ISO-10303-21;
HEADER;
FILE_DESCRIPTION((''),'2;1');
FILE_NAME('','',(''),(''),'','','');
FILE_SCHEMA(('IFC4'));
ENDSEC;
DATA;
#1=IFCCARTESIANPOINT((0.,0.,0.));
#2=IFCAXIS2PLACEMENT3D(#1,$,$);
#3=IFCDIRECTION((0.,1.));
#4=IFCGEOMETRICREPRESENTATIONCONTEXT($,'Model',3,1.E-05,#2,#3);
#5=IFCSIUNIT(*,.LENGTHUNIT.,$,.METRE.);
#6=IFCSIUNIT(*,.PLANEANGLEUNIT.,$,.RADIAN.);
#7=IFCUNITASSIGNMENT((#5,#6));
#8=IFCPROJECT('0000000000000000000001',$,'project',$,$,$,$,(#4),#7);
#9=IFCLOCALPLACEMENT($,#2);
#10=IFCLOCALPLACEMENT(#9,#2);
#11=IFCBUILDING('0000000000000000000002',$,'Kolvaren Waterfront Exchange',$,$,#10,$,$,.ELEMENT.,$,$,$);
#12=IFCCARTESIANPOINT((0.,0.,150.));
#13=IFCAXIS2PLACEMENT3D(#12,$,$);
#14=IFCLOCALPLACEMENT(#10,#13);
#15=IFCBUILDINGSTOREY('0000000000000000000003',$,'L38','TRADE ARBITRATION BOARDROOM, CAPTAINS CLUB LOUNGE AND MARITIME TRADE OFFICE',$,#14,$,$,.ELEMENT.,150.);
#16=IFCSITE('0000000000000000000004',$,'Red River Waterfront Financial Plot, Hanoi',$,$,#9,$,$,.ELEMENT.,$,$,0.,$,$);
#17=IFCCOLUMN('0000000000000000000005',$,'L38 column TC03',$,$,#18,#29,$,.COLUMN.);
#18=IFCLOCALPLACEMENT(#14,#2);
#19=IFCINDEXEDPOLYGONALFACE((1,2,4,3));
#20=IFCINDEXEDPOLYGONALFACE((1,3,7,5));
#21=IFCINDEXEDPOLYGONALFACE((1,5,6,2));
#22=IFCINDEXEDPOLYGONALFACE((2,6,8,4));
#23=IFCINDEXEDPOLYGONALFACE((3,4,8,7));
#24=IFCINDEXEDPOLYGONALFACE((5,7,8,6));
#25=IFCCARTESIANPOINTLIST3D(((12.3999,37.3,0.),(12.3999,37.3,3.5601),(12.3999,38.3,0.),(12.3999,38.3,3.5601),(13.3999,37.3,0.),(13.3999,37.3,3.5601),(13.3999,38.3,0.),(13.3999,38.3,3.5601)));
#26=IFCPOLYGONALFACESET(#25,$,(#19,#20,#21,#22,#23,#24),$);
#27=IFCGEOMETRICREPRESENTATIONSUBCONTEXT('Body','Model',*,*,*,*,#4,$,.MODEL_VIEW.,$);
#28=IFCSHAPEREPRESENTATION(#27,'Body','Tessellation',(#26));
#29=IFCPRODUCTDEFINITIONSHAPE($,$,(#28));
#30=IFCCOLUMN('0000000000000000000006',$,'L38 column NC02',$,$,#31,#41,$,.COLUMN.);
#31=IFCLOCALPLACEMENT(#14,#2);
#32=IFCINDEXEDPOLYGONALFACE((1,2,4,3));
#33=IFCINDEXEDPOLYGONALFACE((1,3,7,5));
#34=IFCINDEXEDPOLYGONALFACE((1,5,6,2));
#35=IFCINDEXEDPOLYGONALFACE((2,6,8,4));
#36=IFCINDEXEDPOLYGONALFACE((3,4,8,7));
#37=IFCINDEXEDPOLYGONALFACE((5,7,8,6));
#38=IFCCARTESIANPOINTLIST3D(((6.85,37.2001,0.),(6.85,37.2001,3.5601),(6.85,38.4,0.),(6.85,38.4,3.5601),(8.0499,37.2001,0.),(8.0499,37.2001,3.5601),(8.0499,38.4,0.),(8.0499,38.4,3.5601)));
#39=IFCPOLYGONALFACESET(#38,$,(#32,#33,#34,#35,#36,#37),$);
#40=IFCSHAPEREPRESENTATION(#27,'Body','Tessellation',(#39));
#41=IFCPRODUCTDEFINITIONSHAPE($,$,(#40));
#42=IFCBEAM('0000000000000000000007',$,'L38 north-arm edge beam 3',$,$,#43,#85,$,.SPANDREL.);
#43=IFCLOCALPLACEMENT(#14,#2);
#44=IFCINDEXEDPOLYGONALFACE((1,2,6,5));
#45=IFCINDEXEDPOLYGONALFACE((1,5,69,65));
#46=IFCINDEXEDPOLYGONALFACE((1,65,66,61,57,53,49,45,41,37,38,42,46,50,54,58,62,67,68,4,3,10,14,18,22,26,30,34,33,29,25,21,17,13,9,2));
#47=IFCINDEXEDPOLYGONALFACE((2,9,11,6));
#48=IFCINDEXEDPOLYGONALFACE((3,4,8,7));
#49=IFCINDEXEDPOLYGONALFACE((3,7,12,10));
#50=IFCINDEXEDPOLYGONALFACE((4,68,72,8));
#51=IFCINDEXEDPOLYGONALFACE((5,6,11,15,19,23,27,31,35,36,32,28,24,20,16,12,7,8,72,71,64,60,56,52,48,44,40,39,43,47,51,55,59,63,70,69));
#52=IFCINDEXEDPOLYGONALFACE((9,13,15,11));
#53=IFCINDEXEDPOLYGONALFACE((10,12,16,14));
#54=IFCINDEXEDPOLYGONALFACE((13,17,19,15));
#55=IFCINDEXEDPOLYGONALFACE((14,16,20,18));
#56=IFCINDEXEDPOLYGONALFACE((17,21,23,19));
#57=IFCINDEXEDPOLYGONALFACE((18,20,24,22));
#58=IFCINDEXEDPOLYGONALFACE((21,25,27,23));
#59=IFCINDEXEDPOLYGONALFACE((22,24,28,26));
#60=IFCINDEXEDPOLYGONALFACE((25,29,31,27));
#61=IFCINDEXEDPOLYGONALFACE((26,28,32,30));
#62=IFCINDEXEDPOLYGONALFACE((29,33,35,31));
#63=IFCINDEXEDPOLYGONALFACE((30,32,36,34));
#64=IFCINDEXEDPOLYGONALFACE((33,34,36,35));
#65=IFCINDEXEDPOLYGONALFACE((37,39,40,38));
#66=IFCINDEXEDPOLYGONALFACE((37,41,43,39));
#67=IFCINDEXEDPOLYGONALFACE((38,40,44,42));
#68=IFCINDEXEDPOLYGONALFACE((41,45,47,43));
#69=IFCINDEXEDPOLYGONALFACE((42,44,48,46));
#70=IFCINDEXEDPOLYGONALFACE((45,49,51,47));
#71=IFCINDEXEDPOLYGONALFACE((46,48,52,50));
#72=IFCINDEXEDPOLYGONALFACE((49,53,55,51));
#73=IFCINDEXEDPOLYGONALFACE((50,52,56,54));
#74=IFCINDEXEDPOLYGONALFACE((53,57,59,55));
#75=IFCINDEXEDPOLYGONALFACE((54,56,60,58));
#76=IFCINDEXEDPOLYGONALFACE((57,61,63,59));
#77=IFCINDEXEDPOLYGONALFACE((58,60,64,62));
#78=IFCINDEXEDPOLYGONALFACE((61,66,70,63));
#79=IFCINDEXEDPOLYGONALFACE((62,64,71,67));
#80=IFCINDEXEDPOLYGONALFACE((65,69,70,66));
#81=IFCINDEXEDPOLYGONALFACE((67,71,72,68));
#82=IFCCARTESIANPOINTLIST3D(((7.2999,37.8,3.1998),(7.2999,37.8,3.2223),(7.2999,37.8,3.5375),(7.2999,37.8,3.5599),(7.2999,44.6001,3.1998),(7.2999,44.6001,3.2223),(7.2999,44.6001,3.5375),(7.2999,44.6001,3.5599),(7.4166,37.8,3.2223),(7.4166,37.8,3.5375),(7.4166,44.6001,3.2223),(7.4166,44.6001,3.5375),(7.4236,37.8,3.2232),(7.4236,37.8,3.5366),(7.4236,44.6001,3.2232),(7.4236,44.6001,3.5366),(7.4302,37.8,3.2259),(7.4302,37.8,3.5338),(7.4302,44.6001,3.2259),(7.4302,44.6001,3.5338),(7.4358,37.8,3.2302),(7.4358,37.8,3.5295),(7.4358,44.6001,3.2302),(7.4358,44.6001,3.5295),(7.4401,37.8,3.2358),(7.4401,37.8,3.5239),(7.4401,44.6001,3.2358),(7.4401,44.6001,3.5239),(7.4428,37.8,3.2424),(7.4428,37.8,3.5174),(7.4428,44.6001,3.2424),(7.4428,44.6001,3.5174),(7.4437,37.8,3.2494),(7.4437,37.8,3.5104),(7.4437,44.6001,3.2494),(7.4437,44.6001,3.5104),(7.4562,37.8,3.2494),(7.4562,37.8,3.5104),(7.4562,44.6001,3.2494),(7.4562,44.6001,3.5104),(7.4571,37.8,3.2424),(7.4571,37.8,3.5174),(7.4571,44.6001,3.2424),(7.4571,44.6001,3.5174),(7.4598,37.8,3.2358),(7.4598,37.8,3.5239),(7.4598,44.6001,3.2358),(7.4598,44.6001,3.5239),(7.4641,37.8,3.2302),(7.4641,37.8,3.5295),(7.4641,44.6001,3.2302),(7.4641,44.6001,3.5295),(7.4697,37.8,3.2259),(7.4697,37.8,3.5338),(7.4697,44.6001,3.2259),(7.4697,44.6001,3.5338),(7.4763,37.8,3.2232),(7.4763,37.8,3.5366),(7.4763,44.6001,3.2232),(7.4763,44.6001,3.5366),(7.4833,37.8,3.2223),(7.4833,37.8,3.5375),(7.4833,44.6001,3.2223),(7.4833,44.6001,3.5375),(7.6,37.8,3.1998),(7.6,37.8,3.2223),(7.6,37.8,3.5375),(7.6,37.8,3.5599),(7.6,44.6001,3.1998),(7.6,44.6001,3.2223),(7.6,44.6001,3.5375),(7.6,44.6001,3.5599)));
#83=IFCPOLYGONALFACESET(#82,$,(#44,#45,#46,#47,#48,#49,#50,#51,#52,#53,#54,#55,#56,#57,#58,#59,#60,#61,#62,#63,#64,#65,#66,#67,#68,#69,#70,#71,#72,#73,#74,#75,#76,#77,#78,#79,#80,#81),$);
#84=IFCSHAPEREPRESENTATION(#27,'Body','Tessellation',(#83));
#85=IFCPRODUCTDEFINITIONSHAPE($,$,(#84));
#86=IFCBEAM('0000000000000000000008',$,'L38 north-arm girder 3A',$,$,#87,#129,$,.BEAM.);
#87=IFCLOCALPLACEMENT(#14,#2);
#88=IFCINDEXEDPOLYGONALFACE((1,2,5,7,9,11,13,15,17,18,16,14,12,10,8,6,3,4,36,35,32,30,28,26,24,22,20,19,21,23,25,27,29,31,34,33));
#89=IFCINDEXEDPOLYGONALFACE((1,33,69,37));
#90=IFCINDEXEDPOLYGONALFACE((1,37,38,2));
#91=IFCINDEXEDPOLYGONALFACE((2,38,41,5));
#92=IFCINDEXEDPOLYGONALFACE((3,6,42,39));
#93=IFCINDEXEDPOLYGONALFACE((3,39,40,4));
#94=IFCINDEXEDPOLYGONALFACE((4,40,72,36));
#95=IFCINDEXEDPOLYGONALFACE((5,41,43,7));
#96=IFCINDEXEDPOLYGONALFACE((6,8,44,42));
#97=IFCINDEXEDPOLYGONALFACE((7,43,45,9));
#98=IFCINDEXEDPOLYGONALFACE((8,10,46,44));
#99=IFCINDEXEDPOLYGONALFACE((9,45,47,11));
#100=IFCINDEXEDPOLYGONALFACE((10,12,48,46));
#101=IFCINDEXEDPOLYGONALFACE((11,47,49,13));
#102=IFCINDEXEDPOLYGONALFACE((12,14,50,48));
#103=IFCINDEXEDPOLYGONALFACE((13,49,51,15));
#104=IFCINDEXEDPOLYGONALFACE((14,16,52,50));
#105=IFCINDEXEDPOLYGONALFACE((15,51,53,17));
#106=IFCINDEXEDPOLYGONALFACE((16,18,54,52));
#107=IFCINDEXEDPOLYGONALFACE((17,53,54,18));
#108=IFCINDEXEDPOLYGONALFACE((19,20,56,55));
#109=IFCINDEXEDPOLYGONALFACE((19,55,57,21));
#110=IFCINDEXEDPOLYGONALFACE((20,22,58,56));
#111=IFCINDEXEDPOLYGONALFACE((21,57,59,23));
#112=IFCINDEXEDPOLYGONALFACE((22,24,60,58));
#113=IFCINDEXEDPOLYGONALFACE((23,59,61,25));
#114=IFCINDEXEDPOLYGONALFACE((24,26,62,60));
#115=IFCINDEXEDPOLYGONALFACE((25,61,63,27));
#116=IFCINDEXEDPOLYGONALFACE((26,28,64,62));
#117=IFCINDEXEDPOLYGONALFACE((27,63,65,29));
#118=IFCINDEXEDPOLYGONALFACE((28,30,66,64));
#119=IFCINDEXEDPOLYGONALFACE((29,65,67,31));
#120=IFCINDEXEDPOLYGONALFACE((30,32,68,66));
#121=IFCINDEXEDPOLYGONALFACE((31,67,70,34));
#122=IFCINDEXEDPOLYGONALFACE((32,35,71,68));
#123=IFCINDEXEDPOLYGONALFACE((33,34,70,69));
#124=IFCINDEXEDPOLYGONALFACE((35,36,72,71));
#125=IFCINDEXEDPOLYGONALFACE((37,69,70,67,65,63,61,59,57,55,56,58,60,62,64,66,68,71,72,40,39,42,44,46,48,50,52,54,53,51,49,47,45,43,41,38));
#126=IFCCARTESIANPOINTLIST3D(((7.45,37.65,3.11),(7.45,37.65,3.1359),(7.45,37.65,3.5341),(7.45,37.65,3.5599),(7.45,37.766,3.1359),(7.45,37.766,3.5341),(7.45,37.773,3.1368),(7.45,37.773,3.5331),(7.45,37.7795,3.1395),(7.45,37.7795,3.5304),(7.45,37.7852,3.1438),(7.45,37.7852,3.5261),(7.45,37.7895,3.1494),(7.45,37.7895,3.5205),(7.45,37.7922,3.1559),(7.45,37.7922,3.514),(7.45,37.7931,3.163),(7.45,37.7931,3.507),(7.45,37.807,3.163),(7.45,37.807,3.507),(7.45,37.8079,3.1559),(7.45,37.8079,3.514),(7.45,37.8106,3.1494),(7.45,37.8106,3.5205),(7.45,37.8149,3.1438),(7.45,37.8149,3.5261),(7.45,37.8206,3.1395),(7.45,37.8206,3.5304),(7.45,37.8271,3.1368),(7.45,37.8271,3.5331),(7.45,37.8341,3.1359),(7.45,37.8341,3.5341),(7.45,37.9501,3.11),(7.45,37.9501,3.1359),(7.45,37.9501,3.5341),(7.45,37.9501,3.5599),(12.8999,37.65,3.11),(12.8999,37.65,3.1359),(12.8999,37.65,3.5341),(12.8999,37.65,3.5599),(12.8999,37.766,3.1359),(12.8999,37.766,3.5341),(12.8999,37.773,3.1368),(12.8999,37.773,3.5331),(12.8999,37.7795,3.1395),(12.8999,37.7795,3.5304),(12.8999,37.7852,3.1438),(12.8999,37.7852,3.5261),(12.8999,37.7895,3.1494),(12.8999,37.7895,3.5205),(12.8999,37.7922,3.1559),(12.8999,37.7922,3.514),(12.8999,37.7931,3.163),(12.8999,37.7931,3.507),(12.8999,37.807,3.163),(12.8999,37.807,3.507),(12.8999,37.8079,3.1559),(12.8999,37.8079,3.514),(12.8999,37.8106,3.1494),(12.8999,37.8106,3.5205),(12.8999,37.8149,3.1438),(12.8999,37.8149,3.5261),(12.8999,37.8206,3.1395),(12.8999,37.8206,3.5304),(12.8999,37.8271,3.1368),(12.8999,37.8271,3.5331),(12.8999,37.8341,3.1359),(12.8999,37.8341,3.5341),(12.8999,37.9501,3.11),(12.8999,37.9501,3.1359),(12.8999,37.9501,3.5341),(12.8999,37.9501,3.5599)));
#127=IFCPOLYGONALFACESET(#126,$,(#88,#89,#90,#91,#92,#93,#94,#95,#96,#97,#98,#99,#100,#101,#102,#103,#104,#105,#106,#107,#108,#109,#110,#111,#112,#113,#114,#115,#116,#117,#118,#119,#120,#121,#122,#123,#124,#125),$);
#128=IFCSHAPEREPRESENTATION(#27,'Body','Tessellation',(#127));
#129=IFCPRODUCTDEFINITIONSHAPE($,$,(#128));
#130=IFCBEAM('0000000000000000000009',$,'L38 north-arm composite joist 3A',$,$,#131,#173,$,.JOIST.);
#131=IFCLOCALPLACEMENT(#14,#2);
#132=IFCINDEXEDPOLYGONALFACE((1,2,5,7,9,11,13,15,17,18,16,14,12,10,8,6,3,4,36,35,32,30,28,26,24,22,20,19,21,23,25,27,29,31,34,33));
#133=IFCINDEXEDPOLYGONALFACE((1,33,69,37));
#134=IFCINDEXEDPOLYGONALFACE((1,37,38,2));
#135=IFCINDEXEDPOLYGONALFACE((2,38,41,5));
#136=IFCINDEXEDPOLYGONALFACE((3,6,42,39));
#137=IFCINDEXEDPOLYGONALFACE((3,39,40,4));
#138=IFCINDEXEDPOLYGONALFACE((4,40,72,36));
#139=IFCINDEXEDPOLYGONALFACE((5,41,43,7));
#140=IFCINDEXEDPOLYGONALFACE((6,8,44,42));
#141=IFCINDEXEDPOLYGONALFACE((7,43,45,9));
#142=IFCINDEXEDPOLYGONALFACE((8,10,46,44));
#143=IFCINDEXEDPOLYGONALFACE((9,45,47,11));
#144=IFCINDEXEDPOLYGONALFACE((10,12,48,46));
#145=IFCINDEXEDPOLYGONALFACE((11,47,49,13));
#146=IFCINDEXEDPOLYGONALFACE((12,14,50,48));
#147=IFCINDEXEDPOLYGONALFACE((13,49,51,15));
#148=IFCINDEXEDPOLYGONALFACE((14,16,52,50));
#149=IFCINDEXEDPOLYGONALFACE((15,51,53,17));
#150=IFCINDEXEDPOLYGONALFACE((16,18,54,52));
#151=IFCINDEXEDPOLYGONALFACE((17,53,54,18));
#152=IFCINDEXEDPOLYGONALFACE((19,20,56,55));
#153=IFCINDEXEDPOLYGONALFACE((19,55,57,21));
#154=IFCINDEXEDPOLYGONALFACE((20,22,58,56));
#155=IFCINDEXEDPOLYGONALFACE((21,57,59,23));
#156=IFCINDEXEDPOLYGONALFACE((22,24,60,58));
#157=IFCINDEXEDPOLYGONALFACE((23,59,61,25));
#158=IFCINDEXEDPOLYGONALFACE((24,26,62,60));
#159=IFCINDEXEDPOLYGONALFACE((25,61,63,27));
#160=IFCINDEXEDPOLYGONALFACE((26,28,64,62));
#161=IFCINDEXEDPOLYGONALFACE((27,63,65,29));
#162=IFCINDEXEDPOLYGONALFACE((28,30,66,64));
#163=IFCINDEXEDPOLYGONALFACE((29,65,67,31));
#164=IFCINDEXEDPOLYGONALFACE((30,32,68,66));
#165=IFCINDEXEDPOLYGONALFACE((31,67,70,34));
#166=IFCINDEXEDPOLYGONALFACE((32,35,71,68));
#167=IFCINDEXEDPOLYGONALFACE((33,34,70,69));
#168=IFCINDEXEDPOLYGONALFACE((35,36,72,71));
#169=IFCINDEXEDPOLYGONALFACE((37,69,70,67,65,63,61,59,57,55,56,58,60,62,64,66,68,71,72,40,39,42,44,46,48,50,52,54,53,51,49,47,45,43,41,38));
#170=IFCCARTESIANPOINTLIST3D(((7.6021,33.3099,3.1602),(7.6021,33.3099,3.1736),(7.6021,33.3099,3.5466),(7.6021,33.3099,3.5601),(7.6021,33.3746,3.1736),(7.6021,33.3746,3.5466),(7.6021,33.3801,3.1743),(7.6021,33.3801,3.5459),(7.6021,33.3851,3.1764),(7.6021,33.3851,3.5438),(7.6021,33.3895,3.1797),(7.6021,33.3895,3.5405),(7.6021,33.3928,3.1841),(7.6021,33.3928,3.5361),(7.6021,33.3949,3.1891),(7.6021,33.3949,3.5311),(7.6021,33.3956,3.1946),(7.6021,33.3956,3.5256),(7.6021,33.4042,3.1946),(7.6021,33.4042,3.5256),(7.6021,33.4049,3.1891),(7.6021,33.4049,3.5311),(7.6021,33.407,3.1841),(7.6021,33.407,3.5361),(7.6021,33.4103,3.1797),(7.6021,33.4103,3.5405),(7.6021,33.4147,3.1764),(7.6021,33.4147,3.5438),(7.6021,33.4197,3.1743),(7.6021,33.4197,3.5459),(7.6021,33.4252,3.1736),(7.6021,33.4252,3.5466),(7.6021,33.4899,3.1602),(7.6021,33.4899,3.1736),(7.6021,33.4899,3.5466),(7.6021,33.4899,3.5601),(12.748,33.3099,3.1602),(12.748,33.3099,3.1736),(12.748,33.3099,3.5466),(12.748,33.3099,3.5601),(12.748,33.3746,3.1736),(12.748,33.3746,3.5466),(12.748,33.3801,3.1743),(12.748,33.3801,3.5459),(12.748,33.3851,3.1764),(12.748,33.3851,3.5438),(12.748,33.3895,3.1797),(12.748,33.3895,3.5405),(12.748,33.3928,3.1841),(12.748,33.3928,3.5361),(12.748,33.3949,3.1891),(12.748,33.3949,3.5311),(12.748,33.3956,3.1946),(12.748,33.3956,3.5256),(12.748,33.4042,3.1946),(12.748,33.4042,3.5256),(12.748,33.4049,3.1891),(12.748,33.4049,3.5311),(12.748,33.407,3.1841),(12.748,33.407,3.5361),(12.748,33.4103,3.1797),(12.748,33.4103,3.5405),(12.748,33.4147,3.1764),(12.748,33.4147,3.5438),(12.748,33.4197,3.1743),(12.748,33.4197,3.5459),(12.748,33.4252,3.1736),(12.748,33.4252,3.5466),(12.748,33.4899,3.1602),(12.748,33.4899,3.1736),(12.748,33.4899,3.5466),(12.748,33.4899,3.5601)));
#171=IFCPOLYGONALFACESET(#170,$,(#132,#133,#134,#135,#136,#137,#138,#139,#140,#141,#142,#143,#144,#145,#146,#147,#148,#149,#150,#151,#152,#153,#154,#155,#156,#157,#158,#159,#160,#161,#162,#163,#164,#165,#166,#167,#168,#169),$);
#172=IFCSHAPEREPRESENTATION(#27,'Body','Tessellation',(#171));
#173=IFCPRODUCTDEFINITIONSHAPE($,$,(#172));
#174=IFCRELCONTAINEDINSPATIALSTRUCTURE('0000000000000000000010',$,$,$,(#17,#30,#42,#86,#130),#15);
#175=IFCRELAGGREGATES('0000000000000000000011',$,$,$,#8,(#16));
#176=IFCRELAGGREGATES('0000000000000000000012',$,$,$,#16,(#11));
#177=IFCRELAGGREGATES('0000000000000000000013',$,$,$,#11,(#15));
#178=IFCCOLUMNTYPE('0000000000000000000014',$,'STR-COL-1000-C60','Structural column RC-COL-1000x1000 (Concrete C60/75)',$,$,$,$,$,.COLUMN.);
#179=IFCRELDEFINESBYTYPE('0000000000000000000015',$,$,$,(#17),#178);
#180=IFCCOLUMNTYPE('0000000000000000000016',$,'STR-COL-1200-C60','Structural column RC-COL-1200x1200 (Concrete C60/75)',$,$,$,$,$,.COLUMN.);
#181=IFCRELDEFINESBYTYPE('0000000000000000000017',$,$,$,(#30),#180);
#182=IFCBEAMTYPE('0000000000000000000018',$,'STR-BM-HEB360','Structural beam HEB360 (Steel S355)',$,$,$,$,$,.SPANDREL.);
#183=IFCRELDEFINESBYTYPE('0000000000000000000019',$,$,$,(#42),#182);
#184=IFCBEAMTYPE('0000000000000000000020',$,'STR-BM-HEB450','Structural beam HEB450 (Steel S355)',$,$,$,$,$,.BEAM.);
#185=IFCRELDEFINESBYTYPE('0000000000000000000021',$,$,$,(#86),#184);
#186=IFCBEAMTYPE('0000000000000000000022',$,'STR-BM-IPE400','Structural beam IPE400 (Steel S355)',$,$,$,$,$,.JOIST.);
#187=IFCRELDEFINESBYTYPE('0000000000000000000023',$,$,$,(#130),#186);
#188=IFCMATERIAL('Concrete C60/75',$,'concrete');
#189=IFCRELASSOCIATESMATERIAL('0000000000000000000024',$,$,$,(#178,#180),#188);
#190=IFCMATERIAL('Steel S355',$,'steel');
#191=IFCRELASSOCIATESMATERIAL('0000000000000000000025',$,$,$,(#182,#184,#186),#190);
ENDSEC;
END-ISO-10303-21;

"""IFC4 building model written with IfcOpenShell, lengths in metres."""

from ifc_helpers import new_model, si_unit, direction, frame, origin, origin_2d, place, context, subcontext, project, spatial, rectangle, i_section, extrude, material, material_profile, profile_set, type_object, element, save


model = new_model("IFC4")

# Units and contexts
model_context = context("Model", 3, precision=1e-05, world=origin(), true_north=direction((0.0, 1.0)))
body_context = subcontext(model_context, "Body", "Model", "MODEL_VIEW")
ifc_project = project(units=[si_unit("LENGTHUNIT", "METRE"), si_unit("PLANEANGLEUNIT", "RADIAN")], contexts=[model_context])

# Site, building, storey
site_placement = place(None, origin())
site = spatial("IfcSite", under=ifc_project, at=site_placement, Name="Red River Waterfront Financial Plot, Hanoi", CompositionType="ELEMENT", RefElevation=0.0)
building_placement = place(site_placement, origin())
building = spatial("IfcBuilding", under=site, at=building_placement, Name="Kolvaren Waterfront Exchange", CompositionType="ELEMENT")
storey_placement = place(building_placement, frame((0.0, 0.0, 150.0)))
storey = spatial("IfcBuildingStorey", under=building, at=storey_placement, Name="L38", Description="TRADE ARBITRATION BOARDROOM, CAPTAINS CLUB LOUNGE AND MARITIME TRADE OFFICE", CompositionType="ELEMENT", Elevation=150.0)

# Columns
ifc_material_1 = material(Name="Concrete C60/75", Category="concrete")
ifc_material_profile_1 = material_profile(ifc_material_1, rectangle(XDim=1.0, YDim=1.0, at=origin_2d()), Name="RC-COL-1000x1000")
ifc_profile_set_1 = profile_set([ifc_material_profile_1], Name="Concrete C60/75")
column_type_1 = type_object("IfcColumnType", Name="STR-COL-1000-C60", Description="Structural column RC-COL-1000x1000 (Concrete C60/75)", PredefinedType="COLUMN", material=ifc_profile_set_1)
column_1_placement = place(storey_placement, frame((12.8999, 37.8, 0.0), z_axis=(0.0, 0.0, 1.0), x_axis=(1.0, 0.0, 0.0)))
element("IfcColumn", 1, at=column_1_placement, inside=storey, type_object=column_type_1, Name="L38 column TC03", PredefinedType="COLUMN", context=body_context, shape_type="SweptSolid", body=[
    extrude(rectangle(XDim=1.0, YDim=1.0, at=origin_2d()), origin(), (0.0, 0.0, 1.0), 3.5601),
])
ifc_material_profile_2 = material_profile(ifc_material_1, rectangle(XDim=1.2, YDim=1.2, at=origin_2d()), Name="RC-COL-1200x1200")
ifc_profile_set_2 = profile_set([ifc_material_profile_2], Name="Concrete C60/75")
column_type_2 = type_object("IfcColumnType", Name="STR-COL-1200-C60", Description="Structural column RC-COL-1200x1200 (Concrete C60/75)", PredefinedType="COLUMN", material=ifc_profile_set_2)
column_2_placement = place(storey_placement, frame((7.45, 37.8, 0.0), z_axis=(0.0, 0.0, 1.0), x_axis=(1.0, 0.0, 0.0)))
element("IfcColumn", 2, at=column_2_placement, inside=storey, type_object=column_type_2, Name="L38 column NC02", PredefinedType="COLUMN", context=body_context, shape_type="SweptSolid", body=[
    extrude(rectangle(XDim=1.2, YDim=1.2, at=origin_2d()), origin(), (0.0, 0.0, 1.0), 3.5601),
])

# Beams
ifc_material_2 = material(Name="Steel S355", Category="steel")
ifc_material_profile_3 = material_profile(ifc_material_2, i_section(OverallWidth=0.3, OverallDepth=0.3601, WebThickness=0.0125, FlangeThickness=0.0225, FilletRadius=0.0271, at=origin_2d()), Name="HEB360")
ifc_profile_set_3 = profile_set([ifc_material_profile_3], Name="Steel S355")
beam_type_1 = type_object("IfcBeamType", Name="STR-BM-HEB360", Description="Structural beam HEB360 (Steel S355)", PredefinedType="SPANDREL", material=ifc_profile_set_3)
beam_1_placement = place(storey_placement, frame((7.45, 37.8, 3.3799), z_axis=(0.0, 1.0, 0.0), x_axis=(-1.0, 0.0, 0.0)))
element("IfcBeam", 3, at=beam_1_placement, inside=storey, type_object=beam_type_1, Name="L38 north-arm edge beam 3", PredefinedType="SPANDREL", context=body_context, shape_type="SweptSolid", body=[
    extrude(i_section(OverallWidth=0.3, OverallDepth=0.3601, WebThickness=0.0125, FlangeThickness=0.0225, FilletRadius=0.0271, at=origin_2d()), origin(), (0.0, 0.0, 1.0), 6.8),
])
ifc_material_profile_4 = material_profile(ifc_material_2, i_section(OverallWidth=0.3, OverallDepth=0.45, WebThickness=0.0139, FlangeThickness=0.0259, FilletRadius=0.0271, at=origin_2d()), Name="HEB450")
ifc_profile_set_4 = profile_set([ifc_material_profile_4], Name="Steel S355")
beam_type_2 = type_object("IfcBeamType", Name="STR-BM-HEB450", Description="Structural beam HEB450 (Steel S355)", PredefinedType="BEAM", material=ifc_profile_set_4)
beam_2_placement = place(storey_placement, frame((7.45, 37.8, 3.335), z_axis=(1.0, 0.0, 0.0), x_axis=(0.0, 1.0, 0.0)))
element("IfcBeam", 4, at=beam_2_placement, inside=storey, type_object=beam_type_2, Name="L38 north-arm girder 3A", PredefinedType="BEAM", context=body_context, shape_type="SweptSolid", body=[
    extrude(i_section(OverallWidth=0.3, OverallDepth=0.45, WebThickness=0.0139, FlangeThickness=0.0259, FilletRadius=0.0271, at=origin_2d()), origin(), (0.0, 0.0, 1.0), 5.45),
])
ifc_material_profile_5 = material_profile(ifc_material_2, i_section(OverallWidth=0.1799, OverallDepth=0.3999, WebThickness=0.0085, FlangeThickness=0.0134, FilletRadius=0.021, at=origin_2d()), Name="IPE400")
ifc_profile_set_5 = profile_set([ifc_material_profile_5], Name="Steel S355")
beam_type_3 = type_object("IfcBeamType", Name="STR-BM-IPE400", Description="Structural beam IPE400 (Steel S355)", PredefinedType="JOIST", material=ifc_profile_set_5)
beam_3_placement = place(storey_placement, frame((7.6021, 33.3999, 3.3601), z_axis=(1.0, 0.0, 0.0), x_axis=(0.0, 1.0, 0.0)))
element("IfcBeam", 5, at=beam_3_placement, inside=storey, type_object=beam_type_3, Name="L38 north-arm composite joist 3A", PredefinedType="JOIST", context=body_context, shape_type="SweptSolid", body=[
    extrude(i_section(OverallWidth=0.1799, OverallDepth=0.3999, WebThickness=0.0085, FlangeThickness=0.0134, FilletRadius=0.021, at=origin_2d()), origin(), (0.0, 0.0, 1.0), 5.146),
])

save(model, "model.ifc")
